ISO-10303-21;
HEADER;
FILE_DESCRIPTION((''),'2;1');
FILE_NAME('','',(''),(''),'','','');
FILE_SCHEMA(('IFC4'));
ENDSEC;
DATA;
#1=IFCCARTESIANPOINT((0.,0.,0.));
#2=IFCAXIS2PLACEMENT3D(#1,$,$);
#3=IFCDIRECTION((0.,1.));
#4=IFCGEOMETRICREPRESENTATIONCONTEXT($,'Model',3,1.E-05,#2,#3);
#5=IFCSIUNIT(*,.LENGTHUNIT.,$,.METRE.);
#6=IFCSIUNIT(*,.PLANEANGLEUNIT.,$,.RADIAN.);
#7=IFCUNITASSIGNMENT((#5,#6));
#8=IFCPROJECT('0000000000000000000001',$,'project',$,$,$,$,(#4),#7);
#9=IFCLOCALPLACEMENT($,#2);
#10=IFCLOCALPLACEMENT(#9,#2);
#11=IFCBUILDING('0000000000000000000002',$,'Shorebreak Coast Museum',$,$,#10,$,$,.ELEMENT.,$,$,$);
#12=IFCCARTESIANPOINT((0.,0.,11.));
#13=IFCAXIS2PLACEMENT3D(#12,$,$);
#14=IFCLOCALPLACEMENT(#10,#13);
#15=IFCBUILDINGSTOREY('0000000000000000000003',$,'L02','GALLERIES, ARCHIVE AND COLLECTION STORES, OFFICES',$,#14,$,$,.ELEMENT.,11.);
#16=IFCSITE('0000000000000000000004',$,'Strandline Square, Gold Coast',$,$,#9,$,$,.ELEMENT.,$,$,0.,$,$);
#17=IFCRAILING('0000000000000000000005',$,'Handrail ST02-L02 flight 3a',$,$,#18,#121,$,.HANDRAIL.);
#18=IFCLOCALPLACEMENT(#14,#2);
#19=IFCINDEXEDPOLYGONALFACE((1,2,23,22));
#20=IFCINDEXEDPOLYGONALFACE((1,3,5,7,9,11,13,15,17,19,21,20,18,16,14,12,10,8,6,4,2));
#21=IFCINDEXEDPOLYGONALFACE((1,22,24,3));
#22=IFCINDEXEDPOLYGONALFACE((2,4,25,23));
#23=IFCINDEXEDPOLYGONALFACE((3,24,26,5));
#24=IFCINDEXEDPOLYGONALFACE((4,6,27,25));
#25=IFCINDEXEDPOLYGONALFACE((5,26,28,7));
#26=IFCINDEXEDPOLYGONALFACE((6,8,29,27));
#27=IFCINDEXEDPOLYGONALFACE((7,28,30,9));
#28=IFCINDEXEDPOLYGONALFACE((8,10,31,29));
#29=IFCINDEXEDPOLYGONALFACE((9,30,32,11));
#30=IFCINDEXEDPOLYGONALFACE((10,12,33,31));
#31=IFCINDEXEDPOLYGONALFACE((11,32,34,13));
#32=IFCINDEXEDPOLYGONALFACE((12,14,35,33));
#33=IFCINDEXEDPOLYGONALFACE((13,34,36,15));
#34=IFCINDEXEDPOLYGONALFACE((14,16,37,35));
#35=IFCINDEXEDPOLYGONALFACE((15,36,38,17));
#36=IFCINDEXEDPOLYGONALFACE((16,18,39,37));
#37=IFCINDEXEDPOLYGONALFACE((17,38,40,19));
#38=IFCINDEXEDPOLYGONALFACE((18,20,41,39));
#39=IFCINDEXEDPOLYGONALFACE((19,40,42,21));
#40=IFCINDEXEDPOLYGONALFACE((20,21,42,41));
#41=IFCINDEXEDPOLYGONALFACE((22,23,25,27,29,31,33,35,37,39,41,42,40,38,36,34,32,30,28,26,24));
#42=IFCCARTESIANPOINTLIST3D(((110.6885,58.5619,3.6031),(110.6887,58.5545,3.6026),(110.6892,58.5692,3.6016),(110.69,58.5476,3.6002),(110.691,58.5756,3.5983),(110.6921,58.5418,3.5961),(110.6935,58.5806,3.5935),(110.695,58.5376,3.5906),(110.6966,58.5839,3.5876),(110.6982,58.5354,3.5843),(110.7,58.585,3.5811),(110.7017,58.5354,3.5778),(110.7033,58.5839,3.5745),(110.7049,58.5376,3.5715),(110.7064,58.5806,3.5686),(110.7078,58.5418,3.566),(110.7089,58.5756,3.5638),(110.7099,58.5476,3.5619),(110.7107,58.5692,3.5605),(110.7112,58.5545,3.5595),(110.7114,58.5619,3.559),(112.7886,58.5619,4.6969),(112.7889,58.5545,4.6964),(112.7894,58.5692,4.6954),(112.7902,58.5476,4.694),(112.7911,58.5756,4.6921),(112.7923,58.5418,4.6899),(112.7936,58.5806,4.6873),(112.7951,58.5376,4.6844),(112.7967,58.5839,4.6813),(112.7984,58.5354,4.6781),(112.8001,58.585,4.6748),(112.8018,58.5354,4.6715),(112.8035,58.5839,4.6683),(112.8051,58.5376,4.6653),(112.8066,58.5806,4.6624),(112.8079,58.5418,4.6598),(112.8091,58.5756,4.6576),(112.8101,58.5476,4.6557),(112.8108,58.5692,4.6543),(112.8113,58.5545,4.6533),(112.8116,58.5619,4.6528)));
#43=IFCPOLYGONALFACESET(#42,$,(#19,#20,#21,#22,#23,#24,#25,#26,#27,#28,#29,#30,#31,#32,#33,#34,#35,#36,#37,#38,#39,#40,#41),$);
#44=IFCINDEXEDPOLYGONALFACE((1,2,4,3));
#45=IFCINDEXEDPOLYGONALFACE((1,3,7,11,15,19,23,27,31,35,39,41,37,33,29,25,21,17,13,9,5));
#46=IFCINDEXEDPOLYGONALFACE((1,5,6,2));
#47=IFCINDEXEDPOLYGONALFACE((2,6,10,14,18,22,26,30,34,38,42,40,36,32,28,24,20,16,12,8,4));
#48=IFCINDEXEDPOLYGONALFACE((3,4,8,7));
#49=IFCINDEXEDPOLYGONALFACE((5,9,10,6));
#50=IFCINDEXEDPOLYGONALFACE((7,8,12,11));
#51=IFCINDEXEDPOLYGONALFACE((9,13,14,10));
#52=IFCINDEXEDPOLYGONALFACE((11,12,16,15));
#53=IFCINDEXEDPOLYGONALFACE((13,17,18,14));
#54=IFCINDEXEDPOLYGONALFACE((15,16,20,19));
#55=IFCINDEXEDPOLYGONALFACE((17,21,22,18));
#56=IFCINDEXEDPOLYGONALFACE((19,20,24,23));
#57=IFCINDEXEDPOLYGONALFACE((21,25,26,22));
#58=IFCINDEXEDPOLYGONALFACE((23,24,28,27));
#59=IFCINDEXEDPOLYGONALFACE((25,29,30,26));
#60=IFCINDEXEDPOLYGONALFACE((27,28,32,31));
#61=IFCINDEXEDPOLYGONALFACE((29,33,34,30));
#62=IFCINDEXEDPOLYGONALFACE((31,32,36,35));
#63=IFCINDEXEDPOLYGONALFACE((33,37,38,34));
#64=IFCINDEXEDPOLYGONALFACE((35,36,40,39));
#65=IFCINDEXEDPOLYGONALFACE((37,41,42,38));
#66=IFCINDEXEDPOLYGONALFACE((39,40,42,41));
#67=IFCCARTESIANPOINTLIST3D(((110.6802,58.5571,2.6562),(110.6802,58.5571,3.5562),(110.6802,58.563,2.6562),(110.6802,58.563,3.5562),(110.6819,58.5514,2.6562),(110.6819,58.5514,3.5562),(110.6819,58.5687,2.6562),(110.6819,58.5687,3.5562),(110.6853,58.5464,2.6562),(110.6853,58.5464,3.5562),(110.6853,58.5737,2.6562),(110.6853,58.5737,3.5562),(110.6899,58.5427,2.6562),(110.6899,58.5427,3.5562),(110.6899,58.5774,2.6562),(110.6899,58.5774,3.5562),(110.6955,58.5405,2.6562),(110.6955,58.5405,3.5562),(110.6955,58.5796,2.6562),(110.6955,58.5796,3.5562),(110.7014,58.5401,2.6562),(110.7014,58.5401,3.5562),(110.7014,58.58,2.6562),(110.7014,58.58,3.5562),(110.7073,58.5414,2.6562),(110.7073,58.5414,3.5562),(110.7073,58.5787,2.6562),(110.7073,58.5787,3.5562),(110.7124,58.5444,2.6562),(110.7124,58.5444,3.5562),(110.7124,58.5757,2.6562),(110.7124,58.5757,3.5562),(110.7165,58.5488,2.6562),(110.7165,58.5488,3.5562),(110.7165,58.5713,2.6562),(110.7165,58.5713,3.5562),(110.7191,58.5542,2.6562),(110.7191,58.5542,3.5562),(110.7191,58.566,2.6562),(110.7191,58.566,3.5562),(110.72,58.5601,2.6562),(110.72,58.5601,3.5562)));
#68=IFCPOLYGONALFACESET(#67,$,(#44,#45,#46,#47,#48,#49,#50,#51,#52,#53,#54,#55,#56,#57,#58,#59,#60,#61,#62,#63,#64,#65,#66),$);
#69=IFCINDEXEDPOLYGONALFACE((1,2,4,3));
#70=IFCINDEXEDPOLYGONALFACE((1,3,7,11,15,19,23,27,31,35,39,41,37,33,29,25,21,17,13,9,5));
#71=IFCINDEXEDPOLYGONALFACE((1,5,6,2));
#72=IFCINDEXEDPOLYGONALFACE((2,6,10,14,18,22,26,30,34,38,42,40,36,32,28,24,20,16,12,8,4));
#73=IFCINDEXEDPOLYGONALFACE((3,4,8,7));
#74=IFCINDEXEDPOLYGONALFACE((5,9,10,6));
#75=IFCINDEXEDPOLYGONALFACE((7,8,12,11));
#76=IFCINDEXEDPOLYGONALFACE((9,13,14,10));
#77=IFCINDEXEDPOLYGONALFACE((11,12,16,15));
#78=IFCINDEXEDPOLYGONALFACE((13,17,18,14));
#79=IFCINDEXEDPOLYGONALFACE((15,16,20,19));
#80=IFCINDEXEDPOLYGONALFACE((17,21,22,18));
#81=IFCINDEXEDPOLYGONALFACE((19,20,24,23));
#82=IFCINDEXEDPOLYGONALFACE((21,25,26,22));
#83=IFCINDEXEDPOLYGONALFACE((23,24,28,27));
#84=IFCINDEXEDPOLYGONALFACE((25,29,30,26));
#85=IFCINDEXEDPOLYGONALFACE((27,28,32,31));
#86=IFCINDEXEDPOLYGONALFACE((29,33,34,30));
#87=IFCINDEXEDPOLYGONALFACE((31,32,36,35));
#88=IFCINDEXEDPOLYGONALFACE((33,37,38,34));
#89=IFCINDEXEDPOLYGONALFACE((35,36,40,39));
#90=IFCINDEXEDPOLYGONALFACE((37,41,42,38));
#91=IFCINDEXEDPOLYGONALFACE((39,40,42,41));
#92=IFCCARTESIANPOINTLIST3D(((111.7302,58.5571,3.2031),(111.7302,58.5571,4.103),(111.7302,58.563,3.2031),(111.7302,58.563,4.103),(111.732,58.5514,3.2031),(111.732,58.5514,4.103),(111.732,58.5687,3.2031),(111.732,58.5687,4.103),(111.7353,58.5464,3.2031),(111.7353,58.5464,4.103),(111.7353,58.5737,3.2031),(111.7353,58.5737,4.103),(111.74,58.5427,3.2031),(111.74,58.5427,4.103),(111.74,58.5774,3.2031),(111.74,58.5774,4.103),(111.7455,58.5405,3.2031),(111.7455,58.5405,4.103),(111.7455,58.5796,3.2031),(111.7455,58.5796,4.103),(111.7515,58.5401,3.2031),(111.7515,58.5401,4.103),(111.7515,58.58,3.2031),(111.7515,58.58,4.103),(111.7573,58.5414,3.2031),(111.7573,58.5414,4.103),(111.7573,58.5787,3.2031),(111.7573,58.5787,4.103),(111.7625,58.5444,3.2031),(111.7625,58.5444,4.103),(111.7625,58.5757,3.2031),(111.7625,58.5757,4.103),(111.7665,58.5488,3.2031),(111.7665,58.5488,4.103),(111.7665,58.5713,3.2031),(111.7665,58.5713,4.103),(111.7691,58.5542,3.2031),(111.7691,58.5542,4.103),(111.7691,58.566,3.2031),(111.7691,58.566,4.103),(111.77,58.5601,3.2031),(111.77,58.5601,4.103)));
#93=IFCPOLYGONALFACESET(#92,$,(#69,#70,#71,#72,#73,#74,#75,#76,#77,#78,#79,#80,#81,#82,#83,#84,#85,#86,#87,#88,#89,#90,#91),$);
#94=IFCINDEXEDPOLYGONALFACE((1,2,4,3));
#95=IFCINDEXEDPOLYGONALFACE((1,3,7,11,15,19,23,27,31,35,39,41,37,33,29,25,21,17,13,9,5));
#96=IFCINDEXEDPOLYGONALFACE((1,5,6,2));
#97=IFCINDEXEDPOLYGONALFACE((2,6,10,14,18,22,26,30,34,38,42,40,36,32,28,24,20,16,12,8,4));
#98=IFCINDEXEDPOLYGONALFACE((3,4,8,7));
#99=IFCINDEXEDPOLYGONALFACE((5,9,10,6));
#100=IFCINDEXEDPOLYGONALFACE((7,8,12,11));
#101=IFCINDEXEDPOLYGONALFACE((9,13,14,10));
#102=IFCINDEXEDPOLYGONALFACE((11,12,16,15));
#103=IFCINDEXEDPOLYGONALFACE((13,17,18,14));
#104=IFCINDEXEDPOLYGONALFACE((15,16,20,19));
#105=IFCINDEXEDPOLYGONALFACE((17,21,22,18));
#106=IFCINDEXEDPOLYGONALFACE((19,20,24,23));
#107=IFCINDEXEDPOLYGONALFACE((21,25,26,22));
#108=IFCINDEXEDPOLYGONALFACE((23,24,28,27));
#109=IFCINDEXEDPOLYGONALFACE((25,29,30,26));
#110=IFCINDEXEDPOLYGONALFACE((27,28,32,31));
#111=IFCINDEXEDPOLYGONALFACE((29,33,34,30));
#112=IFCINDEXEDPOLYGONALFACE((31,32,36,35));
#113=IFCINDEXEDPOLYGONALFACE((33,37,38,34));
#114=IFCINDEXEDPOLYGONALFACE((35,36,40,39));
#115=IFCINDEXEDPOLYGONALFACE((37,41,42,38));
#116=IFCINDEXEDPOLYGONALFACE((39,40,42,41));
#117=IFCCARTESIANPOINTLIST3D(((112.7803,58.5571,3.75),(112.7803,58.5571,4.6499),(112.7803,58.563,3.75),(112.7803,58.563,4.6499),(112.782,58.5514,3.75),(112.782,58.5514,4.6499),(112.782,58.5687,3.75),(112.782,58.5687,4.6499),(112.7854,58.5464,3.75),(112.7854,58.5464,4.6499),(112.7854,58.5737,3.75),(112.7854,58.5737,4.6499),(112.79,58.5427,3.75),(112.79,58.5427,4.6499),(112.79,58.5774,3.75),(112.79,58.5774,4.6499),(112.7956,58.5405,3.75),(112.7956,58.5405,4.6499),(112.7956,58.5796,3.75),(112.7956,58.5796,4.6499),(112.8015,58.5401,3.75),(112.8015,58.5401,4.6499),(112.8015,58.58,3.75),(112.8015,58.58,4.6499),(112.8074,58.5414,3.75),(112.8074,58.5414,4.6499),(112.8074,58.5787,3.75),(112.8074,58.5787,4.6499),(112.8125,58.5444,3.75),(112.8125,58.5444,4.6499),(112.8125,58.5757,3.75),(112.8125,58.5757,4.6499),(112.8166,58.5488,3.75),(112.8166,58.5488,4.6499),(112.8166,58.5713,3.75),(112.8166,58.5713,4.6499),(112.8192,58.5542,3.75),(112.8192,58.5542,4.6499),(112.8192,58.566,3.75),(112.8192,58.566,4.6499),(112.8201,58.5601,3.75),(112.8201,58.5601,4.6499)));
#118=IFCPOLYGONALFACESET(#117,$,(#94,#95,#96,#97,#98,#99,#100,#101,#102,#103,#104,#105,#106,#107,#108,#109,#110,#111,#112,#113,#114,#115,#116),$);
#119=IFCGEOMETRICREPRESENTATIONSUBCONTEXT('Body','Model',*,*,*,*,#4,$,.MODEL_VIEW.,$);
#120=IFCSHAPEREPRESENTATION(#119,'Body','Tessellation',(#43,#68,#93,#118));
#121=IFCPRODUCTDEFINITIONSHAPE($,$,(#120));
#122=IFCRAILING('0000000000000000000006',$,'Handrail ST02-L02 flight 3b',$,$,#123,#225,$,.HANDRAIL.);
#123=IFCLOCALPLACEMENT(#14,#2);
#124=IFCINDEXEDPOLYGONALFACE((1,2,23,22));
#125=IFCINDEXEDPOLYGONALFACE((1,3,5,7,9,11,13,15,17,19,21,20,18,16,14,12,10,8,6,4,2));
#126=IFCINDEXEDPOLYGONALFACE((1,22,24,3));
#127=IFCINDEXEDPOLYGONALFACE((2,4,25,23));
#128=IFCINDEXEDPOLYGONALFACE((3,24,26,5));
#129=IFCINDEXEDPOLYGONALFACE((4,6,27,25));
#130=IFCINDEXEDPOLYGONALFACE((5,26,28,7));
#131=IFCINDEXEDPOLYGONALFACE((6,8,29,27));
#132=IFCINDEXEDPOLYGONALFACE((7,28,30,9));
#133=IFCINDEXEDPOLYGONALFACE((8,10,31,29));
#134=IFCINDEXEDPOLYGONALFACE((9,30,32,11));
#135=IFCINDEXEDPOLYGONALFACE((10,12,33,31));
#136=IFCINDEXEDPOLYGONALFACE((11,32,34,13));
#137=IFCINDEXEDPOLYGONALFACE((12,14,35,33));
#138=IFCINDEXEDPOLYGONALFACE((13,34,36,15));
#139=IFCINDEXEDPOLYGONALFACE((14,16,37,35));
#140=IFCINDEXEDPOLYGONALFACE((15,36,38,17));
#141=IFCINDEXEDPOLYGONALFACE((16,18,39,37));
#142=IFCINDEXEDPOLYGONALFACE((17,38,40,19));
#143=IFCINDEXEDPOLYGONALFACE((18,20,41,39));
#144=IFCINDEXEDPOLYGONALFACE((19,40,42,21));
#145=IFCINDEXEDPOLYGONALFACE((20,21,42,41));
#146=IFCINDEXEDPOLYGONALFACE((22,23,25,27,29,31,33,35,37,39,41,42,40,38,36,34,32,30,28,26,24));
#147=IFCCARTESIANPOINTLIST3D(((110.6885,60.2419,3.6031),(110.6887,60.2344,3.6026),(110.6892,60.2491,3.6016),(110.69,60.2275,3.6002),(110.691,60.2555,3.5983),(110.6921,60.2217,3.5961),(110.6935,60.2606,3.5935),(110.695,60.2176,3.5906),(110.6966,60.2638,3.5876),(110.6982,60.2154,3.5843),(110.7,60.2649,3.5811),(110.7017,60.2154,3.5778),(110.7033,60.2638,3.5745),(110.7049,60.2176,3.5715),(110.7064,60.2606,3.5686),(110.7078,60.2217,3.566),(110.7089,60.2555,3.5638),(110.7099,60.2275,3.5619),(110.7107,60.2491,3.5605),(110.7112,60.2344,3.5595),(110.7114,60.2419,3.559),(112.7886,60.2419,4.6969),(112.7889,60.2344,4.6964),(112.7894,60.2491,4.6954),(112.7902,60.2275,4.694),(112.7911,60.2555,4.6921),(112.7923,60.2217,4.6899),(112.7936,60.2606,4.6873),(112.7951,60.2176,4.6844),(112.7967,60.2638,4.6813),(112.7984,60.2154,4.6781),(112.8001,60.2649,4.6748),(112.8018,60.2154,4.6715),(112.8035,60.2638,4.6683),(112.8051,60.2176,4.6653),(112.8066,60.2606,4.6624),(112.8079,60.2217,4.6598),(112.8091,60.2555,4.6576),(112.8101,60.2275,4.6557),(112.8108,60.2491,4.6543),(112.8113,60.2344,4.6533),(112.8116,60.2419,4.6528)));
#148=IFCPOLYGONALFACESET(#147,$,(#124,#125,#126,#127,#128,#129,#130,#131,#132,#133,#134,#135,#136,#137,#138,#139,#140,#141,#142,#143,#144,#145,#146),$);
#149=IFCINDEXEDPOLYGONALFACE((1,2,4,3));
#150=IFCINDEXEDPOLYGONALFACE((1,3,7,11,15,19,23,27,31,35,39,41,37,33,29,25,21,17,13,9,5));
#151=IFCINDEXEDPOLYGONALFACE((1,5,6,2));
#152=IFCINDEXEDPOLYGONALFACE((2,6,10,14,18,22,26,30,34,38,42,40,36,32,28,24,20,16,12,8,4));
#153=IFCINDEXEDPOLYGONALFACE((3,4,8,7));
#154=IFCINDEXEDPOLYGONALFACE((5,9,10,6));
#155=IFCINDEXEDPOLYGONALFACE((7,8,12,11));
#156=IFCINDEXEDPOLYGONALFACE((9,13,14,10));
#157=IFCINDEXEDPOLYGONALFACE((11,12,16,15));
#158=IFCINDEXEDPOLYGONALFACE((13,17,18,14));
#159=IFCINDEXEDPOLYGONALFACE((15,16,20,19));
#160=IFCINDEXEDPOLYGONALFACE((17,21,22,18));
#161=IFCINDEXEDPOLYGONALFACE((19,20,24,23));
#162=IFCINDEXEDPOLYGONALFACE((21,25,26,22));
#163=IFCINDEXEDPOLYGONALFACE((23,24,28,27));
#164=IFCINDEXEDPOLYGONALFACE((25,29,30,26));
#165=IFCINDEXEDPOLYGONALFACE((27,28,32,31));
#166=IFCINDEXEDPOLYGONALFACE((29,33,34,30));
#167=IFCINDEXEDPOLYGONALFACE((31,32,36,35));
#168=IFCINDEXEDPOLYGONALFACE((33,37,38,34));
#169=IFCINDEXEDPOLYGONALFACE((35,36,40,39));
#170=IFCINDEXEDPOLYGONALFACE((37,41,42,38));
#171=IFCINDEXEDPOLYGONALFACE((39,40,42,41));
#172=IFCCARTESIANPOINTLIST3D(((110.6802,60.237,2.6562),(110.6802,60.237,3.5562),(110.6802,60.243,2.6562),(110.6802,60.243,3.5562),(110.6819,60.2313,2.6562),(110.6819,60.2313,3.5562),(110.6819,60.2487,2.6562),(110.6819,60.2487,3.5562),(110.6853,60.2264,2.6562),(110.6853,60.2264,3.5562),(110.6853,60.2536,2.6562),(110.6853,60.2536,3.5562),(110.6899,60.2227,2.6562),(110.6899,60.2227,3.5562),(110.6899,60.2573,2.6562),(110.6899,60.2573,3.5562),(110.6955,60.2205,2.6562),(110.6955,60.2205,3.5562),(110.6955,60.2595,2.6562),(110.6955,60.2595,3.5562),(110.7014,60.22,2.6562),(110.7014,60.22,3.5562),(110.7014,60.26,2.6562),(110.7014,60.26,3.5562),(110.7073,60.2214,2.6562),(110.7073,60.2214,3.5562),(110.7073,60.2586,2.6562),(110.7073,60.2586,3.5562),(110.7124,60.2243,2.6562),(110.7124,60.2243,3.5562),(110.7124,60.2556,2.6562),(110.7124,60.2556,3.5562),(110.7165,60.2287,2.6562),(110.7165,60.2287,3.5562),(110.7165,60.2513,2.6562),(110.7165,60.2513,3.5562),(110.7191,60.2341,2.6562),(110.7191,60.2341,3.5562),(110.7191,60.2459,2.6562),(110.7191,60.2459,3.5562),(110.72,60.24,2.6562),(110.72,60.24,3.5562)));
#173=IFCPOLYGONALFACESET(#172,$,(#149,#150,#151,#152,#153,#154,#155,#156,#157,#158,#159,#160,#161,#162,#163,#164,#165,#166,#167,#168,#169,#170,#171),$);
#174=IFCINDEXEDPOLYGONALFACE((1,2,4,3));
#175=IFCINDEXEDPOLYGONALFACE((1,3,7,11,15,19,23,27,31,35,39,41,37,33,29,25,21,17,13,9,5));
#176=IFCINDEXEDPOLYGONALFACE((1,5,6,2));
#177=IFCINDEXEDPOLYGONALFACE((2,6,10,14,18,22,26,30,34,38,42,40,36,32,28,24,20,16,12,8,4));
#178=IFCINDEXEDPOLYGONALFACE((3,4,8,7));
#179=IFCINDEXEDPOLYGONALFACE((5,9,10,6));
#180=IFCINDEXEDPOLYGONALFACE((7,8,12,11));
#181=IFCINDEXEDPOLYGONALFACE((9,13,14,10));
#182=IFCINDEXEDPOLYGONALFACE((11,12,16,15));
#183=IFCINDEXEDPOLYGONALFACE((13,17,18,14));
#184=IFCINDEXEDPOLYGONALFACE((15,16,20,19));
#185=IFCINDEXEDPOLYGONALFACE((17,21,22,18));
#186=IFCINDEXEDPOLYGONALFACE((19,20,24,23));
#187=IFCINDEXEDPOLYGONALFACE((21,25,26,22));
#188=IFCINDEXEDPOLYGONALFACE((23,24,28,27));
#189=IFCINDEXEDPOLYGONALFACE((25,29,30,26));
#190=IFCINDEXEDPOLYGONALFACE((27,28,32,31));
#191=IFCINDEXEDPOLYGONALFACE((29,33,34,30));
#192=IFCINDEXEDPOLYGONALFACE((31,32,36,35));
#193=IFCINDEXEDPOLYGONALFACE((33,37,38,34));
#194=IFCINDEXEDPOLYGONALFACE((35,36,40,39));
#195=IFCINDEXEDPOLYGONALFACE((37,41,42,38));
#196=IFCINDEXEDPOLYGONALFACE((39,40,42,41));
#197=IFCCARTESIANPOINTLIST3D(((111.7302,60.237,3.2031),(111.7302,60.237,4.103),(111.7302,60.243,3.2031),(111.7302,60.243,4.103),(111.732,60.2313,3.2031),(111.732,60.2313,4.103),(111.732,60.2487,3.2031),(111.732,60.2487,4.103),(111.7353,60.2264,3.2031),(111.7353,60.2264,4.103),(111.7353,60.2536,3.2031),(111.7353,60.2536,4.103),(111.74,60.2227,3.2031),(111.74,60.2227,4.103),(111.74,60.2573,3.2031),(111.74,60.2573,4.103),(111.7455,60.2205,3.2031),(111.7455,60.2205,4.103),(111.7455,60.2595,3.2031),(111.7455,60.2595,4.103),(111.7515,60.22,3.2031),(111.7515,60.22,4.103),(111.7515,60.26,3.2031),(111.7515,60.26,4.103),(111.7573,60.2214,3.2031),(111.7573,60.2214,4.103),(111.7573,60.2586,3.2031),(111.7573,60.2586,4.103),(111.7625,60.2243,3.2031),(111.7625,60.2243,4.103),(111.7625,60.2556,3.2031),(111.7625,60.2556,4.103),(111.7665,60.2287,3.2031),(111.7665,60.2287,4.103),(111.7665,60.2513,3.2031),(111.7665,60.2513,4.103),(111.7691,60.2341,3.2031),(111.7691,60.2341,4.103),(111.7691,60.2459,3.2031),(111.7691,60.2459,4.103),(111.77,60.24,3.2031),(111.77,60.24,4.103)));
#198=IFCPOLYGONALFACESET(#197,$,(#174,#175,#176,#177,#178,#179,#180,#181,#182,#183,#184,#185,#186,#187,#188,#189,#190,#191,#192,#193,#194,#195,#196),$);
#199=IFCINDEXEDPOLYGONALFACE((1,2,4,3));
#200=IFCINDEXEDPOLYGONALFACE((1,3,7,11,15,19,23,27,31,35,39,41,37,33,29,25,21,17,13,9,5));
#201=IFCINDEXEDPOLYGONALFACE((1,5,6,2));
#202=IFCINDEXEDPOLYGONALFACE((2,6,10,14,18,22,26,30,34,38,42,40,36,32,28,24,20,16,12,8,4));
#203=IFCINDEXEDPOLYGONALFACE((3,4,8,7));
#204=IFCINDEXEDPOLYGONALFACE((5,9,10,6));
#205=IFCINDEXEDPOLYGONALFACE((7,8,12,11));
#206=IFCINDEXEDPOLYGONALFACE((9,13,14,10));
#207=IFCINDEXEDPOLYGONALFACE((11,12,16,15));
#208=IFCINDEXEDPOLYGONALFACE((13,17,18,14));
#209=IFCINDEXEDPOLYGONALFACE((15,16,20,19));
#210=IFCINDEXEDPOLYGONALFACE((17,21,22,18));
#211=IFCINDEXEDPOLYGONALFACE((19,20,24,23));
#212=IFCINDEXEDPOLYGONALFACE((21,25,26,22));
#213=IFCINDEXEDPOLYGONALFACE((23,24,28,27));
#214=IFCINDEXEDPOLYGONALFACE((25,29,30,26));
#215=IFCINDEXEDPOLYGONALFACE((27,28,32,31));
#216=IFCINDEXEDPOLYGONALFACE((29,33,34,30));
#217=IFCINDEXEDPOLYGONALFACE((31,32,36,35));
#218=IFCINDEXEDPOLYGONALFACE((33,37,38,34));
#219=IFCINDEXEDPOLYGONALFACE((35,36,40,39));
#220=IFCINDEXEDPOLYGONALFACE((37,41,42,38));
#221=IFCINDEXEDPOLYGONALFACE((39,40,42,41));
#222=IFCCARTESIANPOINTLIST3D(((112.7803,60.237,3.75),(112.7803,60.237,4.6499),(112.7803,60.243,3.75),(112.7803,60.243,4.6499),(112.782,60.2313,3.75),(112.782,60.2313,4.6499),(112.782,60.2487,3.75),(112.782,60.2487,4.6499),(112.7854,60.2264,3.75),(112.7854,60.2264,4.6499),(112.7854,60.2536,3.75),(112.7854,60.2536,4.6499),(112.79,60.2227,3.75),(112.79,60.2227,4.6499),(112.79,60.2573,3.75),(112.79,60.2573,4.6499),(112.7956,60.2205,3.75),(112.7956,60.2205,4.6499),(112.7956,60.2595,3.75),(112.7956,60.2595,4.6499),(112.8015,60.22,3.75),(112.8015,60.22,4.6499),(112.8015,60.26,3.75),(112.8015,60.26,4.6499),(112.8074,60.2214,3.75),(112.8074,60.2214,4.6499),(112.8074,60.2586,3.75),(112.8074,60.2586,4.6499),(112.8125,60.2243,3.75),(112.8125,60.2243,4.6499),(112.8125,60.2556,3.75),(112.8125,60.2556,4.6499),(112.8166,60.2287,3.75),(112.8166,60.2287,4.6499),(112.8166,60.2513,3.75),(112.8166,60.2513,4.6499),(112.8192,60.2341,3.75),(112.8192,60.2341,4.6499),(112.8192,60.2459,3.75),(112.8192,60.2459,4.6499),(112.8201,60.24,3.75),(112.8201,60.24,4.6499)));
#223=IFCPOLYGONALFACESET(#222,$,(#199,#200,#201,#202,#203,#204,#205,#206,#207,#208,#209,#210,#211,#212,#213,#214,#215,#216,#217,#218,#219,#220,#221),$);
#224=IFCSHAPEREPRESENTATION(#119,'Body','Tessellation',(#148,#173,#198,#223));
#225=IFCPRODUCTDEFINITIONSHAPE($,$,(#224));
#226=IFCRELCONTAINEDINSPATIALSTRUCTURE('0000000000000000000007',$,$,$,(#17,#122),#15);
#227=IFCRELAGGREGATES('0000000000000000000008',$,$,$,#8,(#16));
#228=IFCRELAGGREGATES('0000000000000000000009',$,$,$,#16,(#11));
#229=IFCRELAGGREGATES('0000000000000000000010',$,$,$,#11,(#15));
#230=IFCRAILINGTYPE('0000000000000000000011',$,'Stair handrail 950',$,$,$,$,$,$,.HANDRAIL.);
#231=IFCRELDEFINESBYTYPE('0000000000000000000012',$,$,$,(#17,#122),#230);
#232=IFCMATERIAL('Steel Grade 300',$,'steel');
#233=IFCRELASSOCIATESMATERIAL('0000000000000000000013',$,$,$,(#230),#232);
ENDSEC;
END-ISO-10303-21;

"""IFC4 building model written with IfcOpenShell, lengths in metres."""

from ifc_helpers import new_model, si_unit, direction, frame, origin, origin_2d, place, context, subcontext, project, spatial, circle, extrude, material, type_object, element, save


model = new_model("IFC4")

# Units and contexts
model_context = context("Model", 3, precision=1e-05, world=origin(), true_north=direction((0.0, 1.0)))
body_context = subcontext(model_context, "Body", "Model", "MODEL_VIEW")
ifc_project = project(units=[si_unit("LENGTHUNIT", "METRE"), si_unit("PLANEANGLEUNIT", "RADIAN")], contexts=[model_context])

# Site, building, storey
site_placement = place(None, origin())
site = spatial("IfcSite", under=ifc_project, at=site_placement, Name="Strandline Square, Gold Coast", CompositionType="ELEMENT", RefElevation=0.0)
building_placement = place(site_placement, origin())
building = spatial("IfcBuilding", under=site, at=building_placement, Name="Shorebreak Coast Museum", CompositionType="ELEMENT")
storey_placement = place(building_placement, frame((0.0, 0.0, 11.0)))
storey = spatial("IfcBuildingStorey", under=building, at=storey_placement, Name="L02", Description="GALLERIES, ARCHIVE AND COLLECTION STORES, OFFICES", CompositionType="ELEMENT", Elevation=11.0)

# Railings
ifc_material_1 = material(Name="Steel Grade 300", Category="steel")
railing_type_1 = type_object("IfcRailingType", Name="Stair handrail 950", PredefinedType="HANDRAIL", material=ifc_material_1)
for number, where, name in (
    (1, (110.7, 58.5601, 2.6562), "Handrail ST02-L02 flight 3a"),
    (2, (110.7, 60.24, 2.6562), "Handrail ST02-L02 flight 3b"),
):
    element("IfcRailing", number, at=place(storey_placement, frame(where)), inside=storey, type_object=railing_type_1, Name=name, PredefinedType="HANDRAIL", context=body_context, shape_type="SweptSolid", body=[
        extrude(circle(Radius=0.0249, at=origin_2d()), frame((0.0, 0.0, 0.9248), z_axis=(0.886923, 0.0, 0.461918), x_axis=(0.0, 1.0, 0.0)), (0.0, 0.0, 1.0), 2.3679),
        extrude(circle(Radius=0.02, at=origin_2d()), origin(), (0.0, 0.0, 1.0), 0.8999),
        extrude(circle(Radius=0.02, at=origin_2d()), frame((1.05, 0.0, 0.5469)), (0.0, 0.0, 1.0), 0.8999),
        extrude(circle(Radius=0.02, at=origin_2d()), frame((2.1001, 0.0, 1.0938)), (0.0, 0.0, 1.0), 0.8999),
    ])

save(model, "model.ifc")
